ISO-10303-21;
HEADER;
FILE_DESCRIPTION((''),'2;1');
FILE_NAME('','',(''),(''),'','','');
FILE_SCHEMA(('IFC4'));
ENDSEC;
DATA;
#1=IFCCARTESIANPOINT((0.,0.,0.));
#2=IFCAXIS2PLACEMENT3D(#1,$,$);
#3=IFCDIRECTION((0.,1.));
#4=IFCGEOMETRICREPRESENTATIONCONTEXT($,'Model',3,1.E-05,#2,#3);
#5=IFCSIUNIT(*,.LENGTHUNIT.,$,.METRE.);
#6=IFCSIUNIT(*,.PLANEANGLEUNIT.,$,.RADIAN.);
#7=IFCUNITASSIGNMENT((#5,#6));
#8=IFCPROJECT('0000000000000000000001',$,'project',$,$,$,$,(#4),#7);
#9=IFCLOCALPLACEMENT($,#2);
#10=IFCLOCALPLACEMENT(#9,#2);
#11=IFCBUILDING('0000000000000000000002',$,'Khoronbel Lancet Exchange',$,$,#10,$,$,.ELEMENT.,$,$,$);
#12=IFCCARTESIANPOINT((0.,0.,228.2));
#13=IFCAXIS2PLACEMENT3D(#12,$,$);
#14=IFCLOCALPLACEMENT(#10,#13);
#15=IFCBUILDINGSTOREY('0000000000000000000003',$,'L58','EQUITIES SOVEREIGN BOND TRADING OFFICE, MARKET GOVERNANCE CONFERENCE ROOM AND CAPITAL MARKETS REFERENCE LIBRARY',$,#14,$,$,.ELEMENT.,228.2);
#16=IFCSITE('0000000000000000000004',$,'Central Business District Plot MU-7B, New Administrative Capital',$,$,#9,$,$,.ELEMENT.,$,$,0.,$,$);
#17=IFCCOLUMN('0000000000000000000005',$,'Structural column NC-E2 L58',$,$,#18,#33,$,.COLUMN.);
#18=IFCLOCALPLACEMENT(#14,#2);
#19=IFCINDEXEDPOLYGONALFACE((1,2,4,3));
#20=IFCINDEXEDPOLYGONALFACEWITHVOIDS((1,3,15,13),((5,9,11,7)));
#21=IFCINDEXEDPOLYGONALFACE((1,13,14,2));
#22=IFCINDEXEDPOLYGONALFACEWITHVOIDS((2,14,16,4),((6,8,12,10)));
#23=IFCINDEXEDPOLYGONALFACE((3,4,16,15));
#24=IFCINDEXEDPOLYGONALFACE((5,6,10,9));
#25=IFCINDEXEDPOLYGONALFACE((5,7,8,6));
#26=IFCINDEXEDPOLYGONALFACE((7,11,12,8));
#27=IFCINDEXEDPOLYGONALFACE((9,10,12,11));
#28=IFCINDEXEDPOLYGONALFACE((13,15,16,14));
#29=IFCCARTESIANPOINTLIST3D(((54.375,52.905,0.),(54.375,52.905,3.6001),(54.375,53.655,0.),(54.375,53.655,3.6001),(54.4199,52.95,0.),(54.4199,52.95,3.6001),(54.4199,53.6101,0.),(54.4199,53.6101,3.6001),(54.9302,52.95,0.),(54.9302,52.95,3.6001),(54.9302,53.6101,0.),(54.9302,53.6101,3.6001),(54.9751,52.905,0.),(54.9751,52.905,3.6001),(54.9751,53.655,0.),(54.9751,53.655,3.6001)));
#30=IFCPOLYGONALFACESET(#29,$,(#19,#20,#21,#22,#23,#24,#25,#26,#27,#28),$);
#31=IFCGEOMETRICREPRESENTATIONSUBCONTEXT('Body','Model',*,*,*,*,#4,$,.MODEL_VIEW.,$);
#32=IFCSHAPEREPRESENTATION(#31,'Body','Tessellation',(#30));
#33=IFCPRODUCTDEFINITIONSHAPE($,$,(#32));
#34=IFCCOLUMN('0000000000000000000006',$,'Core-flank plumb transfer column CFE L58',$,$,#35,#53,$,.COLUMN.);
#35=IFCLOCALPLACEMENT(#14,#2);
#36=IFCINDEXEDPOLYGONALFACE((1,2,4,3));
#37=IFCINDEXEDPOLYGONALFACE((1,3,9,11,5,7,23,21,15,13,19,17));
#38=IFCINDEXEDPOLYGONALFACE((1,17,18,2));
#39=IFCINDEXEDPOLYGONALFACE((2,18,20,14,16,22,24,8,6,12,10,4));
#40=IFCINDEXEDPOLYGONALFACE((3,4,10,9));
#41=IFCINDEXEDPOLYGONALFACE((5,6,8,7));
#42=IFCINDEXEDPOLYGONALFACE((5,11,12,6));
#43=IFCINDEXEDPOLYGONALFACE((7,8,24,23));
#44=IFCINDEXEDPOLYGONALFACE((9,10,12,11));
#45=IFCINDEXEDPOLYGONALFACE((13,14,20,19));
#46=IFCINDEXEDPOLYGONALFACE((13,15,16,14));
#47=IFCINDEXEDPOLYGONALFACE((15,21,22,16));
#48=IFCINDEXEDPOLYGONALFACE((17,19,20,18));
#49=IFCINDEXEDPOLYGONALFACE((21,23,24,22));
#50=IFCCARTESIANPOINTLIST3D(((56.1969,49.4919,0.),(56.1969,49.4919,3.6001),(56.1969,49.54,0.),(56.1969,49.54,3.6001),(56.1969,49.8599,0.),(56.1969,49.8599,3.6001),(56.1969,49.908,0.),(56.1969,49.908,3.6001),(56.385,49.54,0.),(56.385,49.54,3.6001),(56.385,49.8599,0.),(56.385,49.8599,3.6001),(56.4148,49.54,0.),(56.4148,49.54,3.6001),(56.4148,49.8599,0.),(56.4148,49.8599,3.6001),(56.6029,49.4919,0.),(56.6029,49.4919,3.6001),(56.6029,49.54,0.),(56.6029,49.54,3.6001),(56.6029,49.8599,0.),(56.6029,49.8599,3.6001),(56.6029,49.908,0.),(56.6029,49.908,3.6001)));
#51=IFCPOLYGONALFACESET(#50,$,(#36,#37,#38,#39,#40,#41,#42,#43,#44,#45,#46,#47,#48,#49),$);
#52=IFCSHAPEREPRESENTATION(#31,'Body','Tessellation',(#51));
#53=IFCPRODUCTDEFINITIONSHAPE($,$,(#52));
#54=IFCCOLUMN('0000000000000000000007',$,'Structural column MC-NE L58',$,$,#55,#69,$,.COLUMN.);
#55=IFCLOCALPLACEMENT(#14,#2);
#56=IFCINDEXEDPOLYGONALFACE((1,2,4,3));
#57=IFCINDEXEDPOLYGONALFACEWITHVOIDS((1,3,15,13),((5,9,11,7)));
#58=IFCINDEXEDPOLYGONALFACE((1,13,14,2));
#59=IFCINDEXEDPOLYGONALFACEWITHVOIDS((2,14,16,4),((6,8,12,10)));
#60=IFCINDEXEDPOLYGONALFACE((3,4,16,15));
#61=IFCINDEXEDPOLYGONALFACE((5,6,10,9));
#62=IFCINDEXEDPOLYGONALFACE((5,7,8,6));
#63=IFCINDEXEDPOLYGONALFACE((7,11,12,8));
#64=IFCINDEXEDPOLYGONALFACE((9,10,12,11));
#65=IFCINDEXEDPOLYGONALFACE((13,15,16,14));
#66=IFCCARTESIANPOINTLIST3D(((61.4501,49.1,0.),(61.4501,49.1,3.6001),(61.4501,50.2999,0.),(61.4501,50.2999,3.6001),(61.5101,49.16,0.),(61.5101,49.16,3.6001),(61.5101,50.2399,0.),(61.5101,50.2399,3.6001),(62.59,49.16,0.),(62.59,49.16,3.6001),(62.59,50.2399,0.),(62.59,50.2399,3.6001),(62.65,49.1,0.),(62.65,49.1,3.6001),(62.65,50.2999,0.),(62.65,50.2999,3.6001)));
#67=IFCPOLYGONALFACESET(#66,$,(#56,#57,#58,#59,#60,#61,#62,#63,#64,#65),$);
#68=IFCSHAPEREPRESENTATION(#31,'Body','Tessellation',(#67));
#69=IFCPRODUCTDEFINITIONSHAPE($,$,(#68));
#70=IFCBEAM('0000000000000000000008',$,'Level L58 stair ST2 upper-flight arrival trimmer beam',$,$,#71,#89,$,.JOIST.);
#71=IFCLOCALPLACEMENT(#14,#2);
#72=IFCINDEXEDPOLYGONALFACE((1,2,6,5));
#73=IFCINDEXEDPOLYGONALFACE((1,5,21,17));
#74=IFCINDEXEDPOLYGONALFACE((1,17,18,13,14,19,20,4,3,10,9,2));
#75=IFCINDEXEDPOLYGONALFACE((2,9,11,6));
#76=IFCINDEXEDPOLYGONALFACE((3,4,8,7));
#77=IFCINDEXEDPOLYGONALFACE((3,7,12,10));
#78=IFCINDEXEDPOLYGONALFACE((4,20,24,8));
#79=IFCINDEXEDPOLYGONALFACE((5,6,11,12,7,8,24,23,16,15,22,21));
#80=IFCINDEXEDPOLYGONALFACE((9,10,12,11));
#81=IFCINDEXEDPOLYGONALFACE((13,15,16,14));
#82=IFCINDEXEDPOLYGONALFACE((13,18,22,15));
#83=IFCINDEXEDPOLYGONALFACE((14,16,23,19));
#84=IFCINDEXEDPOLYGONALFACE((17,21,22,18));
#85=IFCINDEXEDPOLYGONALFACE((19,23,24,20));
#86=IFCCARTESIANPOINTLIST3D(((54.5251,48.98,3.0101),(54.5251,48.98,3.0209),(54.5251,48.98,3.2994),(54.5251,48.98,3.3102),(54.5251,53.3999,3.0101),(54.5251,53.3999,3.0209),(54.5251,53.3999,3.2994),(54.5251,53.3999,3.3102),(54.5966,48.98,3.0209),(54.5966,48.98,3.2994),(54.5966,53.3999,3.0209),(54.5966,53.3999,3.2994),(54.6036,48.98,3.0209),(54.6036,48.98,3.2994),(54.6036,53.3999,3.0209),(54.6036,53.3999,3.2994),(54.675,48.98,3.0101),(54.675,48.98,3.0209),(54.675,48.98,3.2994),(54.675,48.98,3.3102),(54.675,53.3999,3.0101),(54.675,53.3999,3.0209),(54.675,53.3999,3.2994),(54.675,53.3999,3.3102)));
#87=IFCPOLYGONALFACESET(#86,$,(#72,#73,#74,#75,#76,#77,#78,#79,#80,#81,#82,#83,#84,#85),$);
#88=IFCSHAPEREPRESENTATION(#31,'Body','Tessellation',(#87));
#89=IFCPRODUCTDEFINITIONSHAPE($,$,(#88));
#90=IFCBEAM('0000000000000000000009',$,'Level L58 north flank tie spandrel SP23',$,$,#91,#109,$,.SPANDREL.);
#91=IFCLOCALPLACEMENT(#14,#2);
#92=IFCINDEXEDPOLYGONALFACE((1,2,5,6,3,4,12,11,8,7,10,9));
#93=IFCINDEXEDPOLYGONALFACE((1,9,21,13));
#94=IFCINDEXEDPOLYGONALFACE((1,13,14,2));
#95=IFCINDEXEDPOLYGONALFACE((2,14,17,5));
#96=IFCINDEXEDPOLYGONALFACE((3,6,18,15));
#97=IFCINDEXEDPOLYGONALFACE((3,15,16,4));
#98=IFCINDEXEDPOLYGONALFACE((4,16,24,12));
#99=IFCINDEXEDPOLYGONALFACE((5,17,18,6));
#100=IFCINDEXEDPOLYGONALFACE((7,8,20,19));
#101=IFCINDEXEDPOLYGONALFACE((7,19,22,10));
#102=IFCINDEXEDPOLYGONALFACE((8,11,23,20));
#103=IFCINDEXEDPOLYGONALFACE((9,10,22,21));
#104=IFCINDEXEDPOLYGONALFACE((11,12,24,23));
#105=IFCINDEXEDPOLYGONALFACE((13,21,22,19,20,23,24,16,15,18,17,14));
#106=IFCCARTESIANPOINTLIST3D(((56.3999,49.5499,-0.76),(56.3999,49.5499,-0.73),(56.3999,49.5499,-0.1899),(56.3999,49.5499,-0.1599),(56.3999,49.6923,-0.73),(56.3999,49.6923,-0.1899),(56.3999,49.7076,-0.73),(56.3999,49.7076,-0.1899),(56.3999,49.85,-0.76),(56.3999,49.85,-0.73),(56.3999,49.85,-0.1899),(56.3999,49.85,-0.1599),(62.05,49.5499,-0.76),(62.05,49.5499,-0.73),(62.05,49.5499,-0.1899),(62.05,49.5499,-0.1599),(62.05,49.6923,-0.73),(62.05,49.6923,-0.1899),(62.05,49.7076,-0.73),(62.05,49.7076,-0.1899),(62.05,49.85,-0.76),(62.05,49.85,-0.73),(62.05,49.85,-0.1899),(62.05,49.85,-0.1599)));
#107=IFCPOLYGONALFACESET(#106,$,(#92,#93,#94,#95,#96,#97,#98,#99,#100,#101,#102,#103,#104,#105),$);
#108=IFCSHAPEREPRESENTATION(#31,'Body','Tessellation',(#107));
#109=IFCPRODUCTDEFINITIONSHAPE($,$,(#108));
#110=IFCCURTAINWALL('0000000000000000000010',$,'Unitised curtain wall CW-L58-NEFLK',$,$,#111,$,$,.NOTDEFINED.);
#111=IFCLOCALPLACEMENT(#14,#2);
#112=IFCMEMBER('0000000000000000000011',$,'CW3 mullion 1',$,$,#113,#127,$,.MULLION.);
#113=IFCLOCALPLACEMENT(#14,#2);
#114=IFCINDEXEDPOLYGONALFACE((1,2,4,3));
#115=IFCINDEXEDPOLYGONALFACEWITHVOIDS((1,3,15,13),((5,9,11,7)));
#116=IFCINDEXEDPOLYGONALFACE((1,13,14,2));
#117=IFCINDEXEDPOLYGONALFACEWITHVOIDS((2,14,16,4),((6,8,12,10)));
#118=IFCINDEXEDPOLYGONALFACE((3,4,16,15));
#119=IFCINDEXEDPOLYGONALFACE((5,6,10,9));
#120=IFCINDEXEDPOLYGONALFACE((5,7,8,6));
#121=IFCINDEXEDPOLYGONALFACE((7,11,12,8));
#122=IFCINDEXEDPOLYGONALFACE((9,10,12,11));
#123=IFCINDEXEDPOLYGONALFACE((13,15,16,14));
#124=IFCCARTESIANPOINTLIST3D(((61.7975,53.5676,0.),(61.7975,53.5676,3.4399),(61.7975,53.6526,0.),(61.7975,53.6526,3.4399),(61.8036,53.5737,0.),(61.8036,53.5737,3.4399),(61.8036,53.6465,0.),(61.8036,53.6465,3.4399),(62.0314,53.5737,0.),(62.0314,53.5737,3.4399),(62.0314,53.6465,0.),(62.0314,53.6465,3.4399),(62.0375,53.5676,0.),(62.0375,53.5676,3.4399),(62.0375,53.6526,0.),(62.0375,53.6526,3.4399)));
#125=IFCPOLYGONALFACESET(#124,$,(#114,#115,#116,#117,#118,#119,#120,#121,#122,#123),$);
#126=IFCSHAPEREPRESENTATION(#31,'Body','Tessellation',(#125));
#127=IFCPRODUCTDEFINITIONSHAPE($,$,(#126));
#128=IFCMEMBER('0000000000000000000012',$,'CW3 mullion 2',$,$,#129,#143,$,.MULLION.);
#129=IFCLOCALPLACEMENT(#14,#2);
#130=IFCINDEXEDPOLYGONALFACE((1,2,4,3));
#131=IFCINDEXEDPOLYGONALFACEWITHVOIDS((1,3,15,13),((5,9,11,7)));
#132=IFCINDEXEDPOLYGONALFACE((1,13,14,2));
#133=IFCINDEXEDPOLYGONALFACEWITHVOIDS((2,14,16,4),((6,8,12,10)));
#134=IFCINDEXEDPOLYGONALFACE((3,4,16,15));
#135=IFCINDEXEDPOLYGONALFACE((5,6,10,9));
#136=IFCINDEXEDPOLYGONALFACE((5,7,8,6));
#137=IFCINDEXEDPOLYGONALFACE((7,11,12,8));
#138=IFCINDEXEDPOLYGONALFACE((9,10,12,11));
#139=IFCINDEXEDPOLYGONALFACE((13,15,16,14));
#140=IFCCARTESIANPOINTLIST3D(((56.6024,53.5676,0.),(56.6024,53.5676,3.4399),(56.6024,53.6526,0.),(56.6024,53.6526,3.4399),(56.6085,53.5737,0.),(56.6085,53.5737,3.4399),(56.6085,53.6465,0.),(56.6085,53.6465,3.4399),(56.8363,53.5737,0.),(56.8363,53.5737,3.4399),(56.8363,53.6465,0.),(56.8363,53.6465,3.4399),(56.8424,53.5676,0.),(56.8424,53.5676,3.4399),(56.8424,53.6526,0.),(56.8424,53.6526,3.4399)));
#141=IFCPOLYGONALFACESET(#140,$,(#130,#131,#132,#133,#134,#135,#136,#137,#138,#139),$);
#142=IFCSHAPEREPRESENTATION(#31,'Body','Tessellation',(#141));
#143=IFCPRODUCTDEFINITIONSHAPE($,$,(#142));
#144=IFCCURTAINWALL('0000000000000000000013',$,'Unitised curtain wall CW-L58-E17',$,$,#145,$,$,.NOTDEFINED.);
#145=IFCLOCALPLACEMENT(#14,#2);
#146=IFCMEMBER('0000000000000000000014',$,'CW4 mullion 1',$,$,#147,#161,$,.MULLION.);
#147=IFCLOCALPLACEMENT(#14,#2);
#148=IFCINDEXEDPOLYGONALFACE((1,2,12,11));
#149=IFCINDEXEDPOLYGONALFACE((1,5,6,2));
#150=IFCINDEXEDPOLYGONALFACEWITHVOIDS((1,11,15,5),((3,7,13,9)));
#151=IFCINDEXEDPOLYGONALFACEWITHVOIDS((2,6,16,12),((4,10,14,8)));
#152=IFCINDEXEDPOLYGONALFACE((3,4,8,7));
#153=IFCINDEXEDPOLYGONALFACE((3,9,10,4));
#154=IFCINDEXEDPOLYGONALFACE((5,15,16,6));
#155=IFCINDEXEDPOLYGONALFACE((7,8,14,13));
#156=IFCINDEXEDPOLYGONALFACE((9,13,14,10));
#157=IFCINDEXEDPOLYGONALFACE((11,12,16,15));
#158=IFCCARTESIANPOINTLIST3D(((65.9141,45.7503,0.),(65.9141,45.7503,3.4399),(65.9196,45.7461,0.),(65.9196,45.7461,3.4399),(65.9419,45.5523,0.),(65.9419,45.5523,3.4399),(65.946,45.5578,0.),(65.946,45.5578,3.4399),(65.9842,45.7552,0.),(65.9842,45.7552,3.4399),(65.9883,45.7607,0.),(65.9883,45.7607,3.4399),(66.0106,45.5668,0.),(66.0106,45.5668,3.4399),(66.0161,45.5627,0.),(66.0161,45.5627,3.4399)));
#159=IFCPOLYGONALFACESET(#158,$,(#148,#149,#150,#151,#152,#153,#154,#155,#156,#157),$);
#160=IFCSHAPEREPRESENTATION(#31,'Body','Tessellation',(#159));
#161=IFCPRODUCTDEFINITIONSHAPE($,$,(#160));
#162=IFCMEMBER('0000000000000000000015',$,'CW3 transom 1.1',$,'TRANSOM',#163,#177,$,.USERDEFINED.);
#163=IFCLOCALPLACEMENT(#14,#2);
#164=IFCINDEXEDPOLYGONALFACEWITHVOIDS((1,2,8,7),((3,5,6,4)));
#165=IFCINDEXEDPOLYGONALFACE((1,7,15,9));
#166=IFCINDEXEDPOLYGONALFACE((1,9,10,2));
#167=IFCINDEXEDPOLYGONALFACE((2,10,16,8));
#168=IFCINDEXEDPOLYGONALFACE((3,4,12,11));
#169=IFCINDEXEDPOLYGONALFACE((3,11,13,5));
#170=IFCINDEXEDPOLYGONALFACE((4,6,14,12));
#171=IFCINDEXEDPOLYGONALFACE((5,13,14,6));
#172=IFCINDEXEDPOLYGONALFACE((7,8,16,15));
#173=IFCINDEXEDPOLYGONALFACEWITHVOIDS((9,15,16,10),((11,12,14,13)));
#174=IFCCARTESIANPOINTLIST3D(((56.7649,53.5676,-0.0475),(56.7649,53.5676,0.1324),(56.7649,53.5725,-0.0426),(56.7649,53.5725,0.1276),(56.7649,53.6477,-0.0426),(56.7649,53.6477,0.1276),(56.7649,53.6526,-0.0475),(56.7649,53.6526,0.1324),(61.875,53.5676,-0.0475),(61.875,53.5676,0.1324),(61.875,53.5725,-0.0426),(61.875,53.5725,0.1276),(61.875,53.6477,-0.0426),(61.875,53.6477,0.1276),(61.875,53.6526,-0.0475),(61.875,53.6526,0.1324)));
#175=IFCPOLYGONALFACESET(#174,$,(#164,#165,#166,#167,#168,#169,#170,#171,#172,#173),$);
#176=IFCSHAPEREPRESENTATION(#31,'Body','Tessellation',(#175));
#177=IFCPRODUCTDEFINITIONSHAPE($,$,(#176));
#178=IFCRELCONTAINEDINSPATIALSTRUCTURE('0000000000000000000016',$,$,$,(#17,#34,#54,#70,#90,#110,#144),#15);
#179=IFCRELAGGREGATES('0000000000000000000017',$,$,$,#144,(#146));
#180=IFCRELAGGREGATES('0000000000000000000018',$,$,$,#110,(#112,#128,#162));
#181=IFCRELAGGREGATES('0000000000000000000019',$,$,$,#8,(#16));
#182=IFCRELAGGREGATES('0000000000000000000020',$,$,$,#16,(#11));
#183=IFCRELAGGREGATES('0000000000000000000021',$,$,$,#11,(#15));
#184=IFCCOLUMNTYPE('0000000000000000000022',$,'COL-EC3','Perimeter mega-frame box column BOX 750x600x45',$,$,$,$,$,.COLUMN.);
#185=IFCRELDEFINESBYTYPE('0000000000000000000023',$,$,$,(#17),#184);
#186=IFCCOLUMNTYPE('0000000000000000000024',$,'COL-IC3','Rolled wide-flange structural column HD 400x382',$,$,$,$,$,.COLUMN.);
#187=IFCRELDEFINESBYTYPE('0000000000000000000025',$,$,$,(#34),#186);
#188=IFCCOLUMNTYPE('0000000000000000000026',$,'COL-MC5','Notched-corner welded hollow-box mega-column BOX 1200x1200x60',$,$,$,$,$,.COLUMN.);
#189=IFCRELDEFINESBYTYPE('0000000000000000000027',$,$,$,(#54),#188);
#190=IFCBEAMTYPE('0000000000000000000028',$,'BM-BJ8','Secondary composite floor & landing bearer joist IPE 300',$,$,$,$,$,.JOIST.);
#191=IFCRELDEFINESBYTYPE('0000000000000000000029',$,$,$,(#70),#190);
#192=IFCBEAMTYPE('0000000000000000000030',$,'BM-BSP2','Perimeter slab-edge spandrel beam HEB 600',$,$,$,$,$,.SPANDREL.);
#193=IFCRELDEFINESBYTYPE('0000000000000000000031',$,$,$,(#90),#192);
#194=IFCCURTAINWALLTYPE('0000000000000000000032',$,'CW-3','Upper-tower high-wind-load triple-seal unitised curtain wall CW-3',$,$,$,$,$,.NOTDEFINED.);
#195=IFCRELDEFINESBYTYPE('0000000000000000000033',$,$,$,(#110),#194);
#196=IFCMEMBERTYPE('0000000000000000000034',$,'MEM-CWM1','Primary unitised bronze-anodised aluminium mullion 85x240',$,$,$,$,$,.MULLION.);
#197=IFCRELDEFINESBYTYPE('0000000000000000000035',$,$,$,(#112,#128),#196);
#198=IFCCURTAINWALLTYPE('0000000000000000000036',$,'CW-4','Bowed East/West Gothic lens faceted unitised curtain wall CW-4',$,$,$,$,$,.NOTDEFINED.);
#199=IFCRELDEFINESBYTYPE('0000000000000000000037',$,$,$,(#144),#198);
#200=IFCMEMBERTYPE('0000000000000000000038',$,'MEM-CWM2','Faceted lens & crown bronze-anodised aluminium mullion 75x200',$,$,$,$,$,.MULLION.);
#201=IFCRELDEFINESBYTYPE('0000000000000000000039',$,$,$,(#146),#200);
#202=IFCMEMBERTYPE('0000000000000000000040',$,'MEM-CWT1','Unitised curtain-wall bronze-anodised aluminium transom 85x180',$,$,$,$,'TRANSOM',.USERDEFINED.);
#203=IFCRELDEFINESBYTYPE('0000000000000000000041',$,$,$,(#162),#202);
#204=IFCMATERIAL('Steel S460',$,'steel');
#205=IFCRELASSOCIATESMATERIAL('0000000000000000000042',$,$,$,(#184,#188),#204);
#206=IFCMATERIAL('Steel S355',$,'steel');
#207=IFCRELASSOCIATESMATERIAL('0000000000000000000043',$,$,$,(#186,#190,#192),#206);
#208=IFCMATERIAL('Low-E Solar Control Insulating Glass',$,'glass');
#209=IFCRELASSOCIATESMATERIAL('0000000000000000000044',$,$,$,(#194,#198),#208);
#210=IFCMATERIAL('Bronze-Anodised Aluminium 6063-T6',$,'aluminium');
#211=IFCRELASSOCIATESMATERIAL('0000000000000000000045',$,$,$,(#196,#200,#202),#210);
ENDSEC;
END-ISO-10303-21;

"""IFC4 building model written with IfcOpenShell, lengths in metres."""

from ifc_helpers import new_model, si_unit, direction, frame, origin, origin_2d, place, context, subcontext, project, spatial, hollow_rectangle, i_section, extrude, material, material_profile, profile_set, type_object, element, aggregate, save


model = new_model("IFC4")

# Units and contexts
model_context = context("Model", 3, precision=1e-05, world=origin(), true_north=direction((0.0, 1.0)))
body_context = subcontext(model_context, "Body", "Model", "MODEL_VIEW")
ifc_project = project(units=[si_unit("LENGTHUNIT", "METRE"), si_unit("PLANEANGLEUNIT", "RADIAN")], contexts=[model_context])

# Site, building, storey
site_placement = place(None, origin())
site = spatial("IfcSite", under=ifc_project, at=site_placement, Name="Central Business District Plot MU-7B, New Administrative Capital", CompositionType="ELEMENT", RefElevation=0.0)
building_placement = place(site_placement, origin())
building = spatial("IfcBuilding", under=site, at=building_placement, Name="Khoronbel Lancet Exchange", CompositionType="ELEMENT")
storey_placement = place(building_placement, frame((0.0, 0.0, 228.2)))
storey = spatial("IfcBuildingStorey", under=building, at=storey_placement, Name="L58", Description="EQUITIES SOVEREIGN BOND TRADING OFFICE, MARKET GOVERNANCE CONFERENCE ROOM AND CAPITAL MARKETS REFERENCE LIBRARY", CompositionType="ELEMENT", Elevation=228.2)

# Columns
ifc_material_1 = material(Name="Steel S460", Category="steel")
ifc_material_profile_1 = material_profile(ifc_material_1, hollow_rectangle(XDim=0.6001, YDim=0.75, WallThickness=0.0449, at=origin_2d()), Name="BOX 750x600x45")
ifc_profile_set_1 = profile_set([ifc_material_profile_1], Name="Steel S460")
column_type_1 = type_object("IfcColumnType", Name="COL-EC3", Description="Perimeter mega-frame box column BOX 750x600x45", PredefinedType="COLUMN", material=ifc_profile_set_1)
column_1_placement = place(storey_placement, frame((54.675, 53.28, 0.0), z_axis=(0.0, 0.0, 1.0), x_axis=(1.0, 0.0, 0.0)))
element("IfcColumn", 1, at=column_1_placement, inside=storey, type_object=column_type_1, Name="Structural column NC-E2 L58", PredefinedType="COLUMN", context=body_context, shape_type="SweptSolid", body=[
    extrude(hollow_rectangle(XDim=0.6001, YDim=0.75, WallThickness=0.0449, at=origin_2d()), origin(), (0.0, 0.0, 1.0), 3.6001),
])
ifc_material_2 = material(Name="Steel S355", Category="steel")
ifc_material_profile_2 = material_profile(ifc_material_2, i_section(OverallWidth=0.406, OverallDepth=0.416, WebThickness=0.0298, FlangeThickness=0.0481, at=origin_2d()), Name="HD 400x382")
ifc_profile_set_2 = profile_set([ifc_material_profile_2], Name="Steel S355")
column_type_2 = type_object("IfcColumnType", Name="COL-IC3", Description="Rolled wide-flange structural column HD 400x382", PredefinedType="COLUMN", material=ifc_profile_set_2)
column_2_placement = place(storey_placement, frame((56.3999, 49.7, 0.0), z_axis=(0.0, 0.0, 1.0), x_axis=(1.0, 0.0, 0.0)))
element("IfcColumn", 2, at=column_2_placement, inside=storey, type_object=column_type_2, Name="Core-flank plumb transfer column CFE L58", PredefinedType="COLUMN", context=body_context, shape_type="SweptSolid", body=[
    extrude(i_section(OverallWidth=0.406, OverallDepth=0.416, WebThickness=0.0298, FlangeThickness=0.0481, at=origin_2d()), origin(), (0.0, 0.0, 1.0), 3.6001),
])
ifc_material_profile_3 = material_profile(ifc_material_1, hollow_rectangle(XDim=1.2, YDim=1.2, WallThickness=0.0601, at=origin_2d()), Name="BOX 1200x1200x60")
ifc_profile_set_3 = profile_set([ifc_material_profile_3], Name="Steel S460")
column_type_3 = type_object("IfcColumnType", Name="COL-MC5", Description="Notched-corner welded hollow-box mega-column BOX 1200x1200x60", PredefinedType="COLUMN", material=ifc_profile_set_3)
column_3_placement = place(storey_placement, frame((62.05, 49.7, 0.0), z_axis=(0.0, 0.0, 1.0), x_axis=(1.0, 0.0, 0.0)))
element("IfcColumn", 3, at=column_3_placement, inside=storey, type_object=column_type_3, Name="Structural column MC-NE L58", PredefinedType="COLUMN", context=body_context, shape_type="SweptSolid", body=[
    extrude(hollow_rectangle(XDim=1.2, YDim=1.2, WallThickness=0.0601, at=origin_2d()), origin(), (0.0, 0.0, 1.0), 3.6001),
])

# Beams
ifc_material_profile_4 = material_profile(ifc_material_2, i_section(OverallWidth=0.1499, OverallDepth=0.3, WebThickness=0.0071, FlangeThickness=0.0107, at=origin_2d()), Name="IPE 300")
ifc_profile_set_4 = profile_set([ifc_material_profile_4], Name="Steel S355")
beam_type_1 = type_object("IfcBeamType", Name="BM-BJ8", Description="Secondary composite floor & landing bearer joist IPE 300", PredefinedType="JOIST", material=ifc_profile_set_4)
beam_1_placement = place(storey_placement, frame((54.6001, 48.98, 3.1602), z_axis=(0.0, 1.0, 0.0), x_axis=(-1.0, 0.0, 0.0)))
element("IfcBeam", 4, at=beam_1_placement, inside=storey, type_object=beam_type_1, Name="Level L58 stair ST2 upper-flight arrival trimmer beam", PredefinedType="JOIST", context=body_context, shape_type="SweptSolid", body=[
    extrude(i_section(OverallWidth=0.1499, OverallDepth=0.3, WebThickness=0.0071, FlangeThickness=0.0107, at=origin_2d()), origin(), (0.0, 0.0, 1.0), 4.4199),
])
ifc_material_profile_5 = material_profile(ifc_material_2, i_section(OverallWidth=0.3, OverallDepth=0.6001, WebThickness=0.0154, FlangeThickness=0.03, at=origin_2d()), Name="HEB 600")
ifc_profile_set_5 = profile_set([ifc_material_profile_5], Name="Steel S355")
beam_type_2 = type_object("IfcBeamType", Name="BM-BSP2", Description="Perimeter slab-edge spandrel beam HEB 600", PredefinedType="SPANDREL", material=ifc_profile_set_5)
beam_2_placement = place(storey_placement, frame((62.05, 49.7, -0.46), z_axis=(-1.0, 0.0, 0.0), x_axis=(0.0, -1.0, 0.0)))
element("IfcBeam", 5, at=beam_2_placement, inside=storey, type_object=beam_type_2, Name="Level L58 north flank tie spandrel SP23", PredefinedType="SPANDREL", context=body_context, shape_type="SweptSolid", body=[
    extrude(i_section(OverallWidth=0.3, OverallDepth=0.6001, WebThickness=0.0154, FlangeThickness=0.03, at=origin_2d()), origin(), (0.0, 0.0, 1.0), 5.6501),
])

# Curtain wall, members
ifc_material_3 = material(Name="Low-E Solar Control Insulating Glass", Category="glass")
curtain_wall_type_1 = type_object("IfcCurtainWallType", Name="CW-3", Description="Upper-tower high-wind-load triple-seal unitised curtain wall CW-3", PredefinedType="NOTDEFINED", material=ifc_material_3)
curtain_wall_1_placement = place(storey_placement, origin())
curtain_wall_1 = element("IfcCurtainWall", 6, at=curtain_wall_1_placement, inside=storey, type_object=curtain_wall_type_1, Name="Unitised curtain wall CW-L58-NEFLK", PredefinedType="NOTDEFINED")
ifc_material_4 = material(Name="Bronze-Anodised Aluminium 6063-T6", Category="aluminium")
ifc_material_profile_6 = material_profile(ifc_material_4, hollow_rectangle(XDim=0.085, YDim=0.24, WallThickness=0.0061, at=origin_2d()), Name="ALU MULLION 85x240")
ifc_profile_set_6 = profile_set([ifc_material_profile_6], Name="Bronze-Anodised Aluminium 6063-T6")
member_type_1 = type_object("IfcMemberType", Name="MEM-CWM1", Description="Primary unitised bronze-anodised aluminium mullion 85x240", PredefinedType="MULLION", material=ifc_profile_set_6)
member_1_placement = place(storey_placement, frame((61.9175, 53.6101, 0.0), z_axis=(0.0, 0.0, 1.0), x_axis=(0.0, -1.0, 0.0)))
member_1 = element("IfcMember", 7, at=member_1_placement, type_object=member_type_1, Name="CW3 mullion 1", PredefinedType="MULLION", context=body_context, shape_type="SweptSolid", body=[
    extrude(hollow_rectangle(XDim=0.085, YDim=0.24, WallThickness=0.0061, at=origin_2d()), origin(), (0.0, 0.0, 1.0), 3.4399),
])
member_2_placement = place(storey_placement, frame((56.7224, 53.6101, 0.0), z_axis=(0.0, 0.0, 1.0), x_axis=(0.0, -1.0, 0.0)))
member_2 = element("IfcMember", 8, at=member_2_placement, type_object=member_type_1, Name="CW3 mullion 2", PredefinedType="MULLION", context=body_context, shape_type="SweptSolid", body=[
    extrude(hollow_rectangle(XDim=0.085, YDim=0.24, WallThickness=0.0061, at=origin_2d()), origin(), (0.0, 0.0, 1.0), 3.4399),
])

# Curtain wall, member
curtain_wall_type_2 = type_object("IfcCurtainWallType", Name="CW-4", Description="Bowed East/West Gothic lens faceted unitised curtain wall CW-4", PredefinedType="NOTDEFINED", material=ifc_material_3)
curtain_wall_2_placement = place(storey_placement, origin())
curtain_wall_2 = element("IfcCurtainWall", 9, at=curtain_wall_2_placement, inside=storey, type_object=curtain_wall_type_2, Name="Unitised curtain wall CW-L58-E17", PredefinedType="NOTDEFINED")
ifc_material_profile_7 = material_profile(ifc_material_4, hollow_rectangle(XDim=0.075, YDim=0.2, WallThickness=0.0049, at=origin_2d()), Name="ALU MULLION 75x200")
ifc_profile_set_7 = profile_set([ifc_material_profile_7], Name="Bronze-Anodised Aluminium 6063-T6")
member_type_2 = type_object("IfcMemberType", Name="MEM-CWM2", Description="Faceted lens & crown bronze-anodised aluminium mullion 75x200", PredefinedType="MULLION", material=ifc_profile_set_7)
member_3_placement = place(storey_placement, frame((65.9651, 45.6565, 0.0), z_axis=(0.0, 0.0, 1.0), x_axis=(0.990313, 0.13885, 0.0)))
member_3 = element("IfcMember", 10, at=member_3_placement, type_object=member_type_2, Name="CW4 mullion 1", PredefinedType="MULLION", context=body_context, shape_type="SweptSolid", body=[
    extrude(hollow_rectangle(XDim=0.075, YDim=0.2, WallThickness=0.0049, at=origin_2d()), origin(), (0.0, 0.0, 1.0), 3.4399),
])
aggregate(curtain_wall_2, [member_3])

# Member
ifc_material_profile_8 = material_profile(ifc_material_4, hollow_rectangle(XDim=0.085, YDim=0.1799, WallThickness=0.0049, at=origin_2d()), Name="ALU TRANSOM 85x180")
ifc_profile_set_8 = profile_set([ifc_material_profile_8], Name="Bronze-Anodised Aluminium 6063-T6")
member_type_3 = type_object("IfcMemberType", Name="MEM-CWT1", Description="Unitised curtain-wall bronze-anodised aluminium transom 85x180", ElementType="TRANSOM", PredefinedType="USERDEFINED", material=ifc_profile_set_8)
member_4_placement = place(storey_placement, frame((61.875, 53.6101, 0.0425), z_axis=(-1.0, 0.0, 0.0), x_axis=(0.0, -1.0, 0.0)))
member_4 = element("IfcMember", 11, at=member_4_placement, type_object=member_type_3, Name="CW3 transom 1.1", ObjectType="TRANSOM", PredefinedType="USERDEFINED", context=body_context, shape_type="SweptSolid", body=[
    extrude(hollow_rectangle(XDim=0.085, YDim=0.1799, WallThickness=0.0049, at=origin_2d()), origin(), (0.0, 0.0, 1.0), 5.1101),
])

aggregate(curtain_wall_1, [member_1, member_2, member_4])

save(model, "model.ifc")
